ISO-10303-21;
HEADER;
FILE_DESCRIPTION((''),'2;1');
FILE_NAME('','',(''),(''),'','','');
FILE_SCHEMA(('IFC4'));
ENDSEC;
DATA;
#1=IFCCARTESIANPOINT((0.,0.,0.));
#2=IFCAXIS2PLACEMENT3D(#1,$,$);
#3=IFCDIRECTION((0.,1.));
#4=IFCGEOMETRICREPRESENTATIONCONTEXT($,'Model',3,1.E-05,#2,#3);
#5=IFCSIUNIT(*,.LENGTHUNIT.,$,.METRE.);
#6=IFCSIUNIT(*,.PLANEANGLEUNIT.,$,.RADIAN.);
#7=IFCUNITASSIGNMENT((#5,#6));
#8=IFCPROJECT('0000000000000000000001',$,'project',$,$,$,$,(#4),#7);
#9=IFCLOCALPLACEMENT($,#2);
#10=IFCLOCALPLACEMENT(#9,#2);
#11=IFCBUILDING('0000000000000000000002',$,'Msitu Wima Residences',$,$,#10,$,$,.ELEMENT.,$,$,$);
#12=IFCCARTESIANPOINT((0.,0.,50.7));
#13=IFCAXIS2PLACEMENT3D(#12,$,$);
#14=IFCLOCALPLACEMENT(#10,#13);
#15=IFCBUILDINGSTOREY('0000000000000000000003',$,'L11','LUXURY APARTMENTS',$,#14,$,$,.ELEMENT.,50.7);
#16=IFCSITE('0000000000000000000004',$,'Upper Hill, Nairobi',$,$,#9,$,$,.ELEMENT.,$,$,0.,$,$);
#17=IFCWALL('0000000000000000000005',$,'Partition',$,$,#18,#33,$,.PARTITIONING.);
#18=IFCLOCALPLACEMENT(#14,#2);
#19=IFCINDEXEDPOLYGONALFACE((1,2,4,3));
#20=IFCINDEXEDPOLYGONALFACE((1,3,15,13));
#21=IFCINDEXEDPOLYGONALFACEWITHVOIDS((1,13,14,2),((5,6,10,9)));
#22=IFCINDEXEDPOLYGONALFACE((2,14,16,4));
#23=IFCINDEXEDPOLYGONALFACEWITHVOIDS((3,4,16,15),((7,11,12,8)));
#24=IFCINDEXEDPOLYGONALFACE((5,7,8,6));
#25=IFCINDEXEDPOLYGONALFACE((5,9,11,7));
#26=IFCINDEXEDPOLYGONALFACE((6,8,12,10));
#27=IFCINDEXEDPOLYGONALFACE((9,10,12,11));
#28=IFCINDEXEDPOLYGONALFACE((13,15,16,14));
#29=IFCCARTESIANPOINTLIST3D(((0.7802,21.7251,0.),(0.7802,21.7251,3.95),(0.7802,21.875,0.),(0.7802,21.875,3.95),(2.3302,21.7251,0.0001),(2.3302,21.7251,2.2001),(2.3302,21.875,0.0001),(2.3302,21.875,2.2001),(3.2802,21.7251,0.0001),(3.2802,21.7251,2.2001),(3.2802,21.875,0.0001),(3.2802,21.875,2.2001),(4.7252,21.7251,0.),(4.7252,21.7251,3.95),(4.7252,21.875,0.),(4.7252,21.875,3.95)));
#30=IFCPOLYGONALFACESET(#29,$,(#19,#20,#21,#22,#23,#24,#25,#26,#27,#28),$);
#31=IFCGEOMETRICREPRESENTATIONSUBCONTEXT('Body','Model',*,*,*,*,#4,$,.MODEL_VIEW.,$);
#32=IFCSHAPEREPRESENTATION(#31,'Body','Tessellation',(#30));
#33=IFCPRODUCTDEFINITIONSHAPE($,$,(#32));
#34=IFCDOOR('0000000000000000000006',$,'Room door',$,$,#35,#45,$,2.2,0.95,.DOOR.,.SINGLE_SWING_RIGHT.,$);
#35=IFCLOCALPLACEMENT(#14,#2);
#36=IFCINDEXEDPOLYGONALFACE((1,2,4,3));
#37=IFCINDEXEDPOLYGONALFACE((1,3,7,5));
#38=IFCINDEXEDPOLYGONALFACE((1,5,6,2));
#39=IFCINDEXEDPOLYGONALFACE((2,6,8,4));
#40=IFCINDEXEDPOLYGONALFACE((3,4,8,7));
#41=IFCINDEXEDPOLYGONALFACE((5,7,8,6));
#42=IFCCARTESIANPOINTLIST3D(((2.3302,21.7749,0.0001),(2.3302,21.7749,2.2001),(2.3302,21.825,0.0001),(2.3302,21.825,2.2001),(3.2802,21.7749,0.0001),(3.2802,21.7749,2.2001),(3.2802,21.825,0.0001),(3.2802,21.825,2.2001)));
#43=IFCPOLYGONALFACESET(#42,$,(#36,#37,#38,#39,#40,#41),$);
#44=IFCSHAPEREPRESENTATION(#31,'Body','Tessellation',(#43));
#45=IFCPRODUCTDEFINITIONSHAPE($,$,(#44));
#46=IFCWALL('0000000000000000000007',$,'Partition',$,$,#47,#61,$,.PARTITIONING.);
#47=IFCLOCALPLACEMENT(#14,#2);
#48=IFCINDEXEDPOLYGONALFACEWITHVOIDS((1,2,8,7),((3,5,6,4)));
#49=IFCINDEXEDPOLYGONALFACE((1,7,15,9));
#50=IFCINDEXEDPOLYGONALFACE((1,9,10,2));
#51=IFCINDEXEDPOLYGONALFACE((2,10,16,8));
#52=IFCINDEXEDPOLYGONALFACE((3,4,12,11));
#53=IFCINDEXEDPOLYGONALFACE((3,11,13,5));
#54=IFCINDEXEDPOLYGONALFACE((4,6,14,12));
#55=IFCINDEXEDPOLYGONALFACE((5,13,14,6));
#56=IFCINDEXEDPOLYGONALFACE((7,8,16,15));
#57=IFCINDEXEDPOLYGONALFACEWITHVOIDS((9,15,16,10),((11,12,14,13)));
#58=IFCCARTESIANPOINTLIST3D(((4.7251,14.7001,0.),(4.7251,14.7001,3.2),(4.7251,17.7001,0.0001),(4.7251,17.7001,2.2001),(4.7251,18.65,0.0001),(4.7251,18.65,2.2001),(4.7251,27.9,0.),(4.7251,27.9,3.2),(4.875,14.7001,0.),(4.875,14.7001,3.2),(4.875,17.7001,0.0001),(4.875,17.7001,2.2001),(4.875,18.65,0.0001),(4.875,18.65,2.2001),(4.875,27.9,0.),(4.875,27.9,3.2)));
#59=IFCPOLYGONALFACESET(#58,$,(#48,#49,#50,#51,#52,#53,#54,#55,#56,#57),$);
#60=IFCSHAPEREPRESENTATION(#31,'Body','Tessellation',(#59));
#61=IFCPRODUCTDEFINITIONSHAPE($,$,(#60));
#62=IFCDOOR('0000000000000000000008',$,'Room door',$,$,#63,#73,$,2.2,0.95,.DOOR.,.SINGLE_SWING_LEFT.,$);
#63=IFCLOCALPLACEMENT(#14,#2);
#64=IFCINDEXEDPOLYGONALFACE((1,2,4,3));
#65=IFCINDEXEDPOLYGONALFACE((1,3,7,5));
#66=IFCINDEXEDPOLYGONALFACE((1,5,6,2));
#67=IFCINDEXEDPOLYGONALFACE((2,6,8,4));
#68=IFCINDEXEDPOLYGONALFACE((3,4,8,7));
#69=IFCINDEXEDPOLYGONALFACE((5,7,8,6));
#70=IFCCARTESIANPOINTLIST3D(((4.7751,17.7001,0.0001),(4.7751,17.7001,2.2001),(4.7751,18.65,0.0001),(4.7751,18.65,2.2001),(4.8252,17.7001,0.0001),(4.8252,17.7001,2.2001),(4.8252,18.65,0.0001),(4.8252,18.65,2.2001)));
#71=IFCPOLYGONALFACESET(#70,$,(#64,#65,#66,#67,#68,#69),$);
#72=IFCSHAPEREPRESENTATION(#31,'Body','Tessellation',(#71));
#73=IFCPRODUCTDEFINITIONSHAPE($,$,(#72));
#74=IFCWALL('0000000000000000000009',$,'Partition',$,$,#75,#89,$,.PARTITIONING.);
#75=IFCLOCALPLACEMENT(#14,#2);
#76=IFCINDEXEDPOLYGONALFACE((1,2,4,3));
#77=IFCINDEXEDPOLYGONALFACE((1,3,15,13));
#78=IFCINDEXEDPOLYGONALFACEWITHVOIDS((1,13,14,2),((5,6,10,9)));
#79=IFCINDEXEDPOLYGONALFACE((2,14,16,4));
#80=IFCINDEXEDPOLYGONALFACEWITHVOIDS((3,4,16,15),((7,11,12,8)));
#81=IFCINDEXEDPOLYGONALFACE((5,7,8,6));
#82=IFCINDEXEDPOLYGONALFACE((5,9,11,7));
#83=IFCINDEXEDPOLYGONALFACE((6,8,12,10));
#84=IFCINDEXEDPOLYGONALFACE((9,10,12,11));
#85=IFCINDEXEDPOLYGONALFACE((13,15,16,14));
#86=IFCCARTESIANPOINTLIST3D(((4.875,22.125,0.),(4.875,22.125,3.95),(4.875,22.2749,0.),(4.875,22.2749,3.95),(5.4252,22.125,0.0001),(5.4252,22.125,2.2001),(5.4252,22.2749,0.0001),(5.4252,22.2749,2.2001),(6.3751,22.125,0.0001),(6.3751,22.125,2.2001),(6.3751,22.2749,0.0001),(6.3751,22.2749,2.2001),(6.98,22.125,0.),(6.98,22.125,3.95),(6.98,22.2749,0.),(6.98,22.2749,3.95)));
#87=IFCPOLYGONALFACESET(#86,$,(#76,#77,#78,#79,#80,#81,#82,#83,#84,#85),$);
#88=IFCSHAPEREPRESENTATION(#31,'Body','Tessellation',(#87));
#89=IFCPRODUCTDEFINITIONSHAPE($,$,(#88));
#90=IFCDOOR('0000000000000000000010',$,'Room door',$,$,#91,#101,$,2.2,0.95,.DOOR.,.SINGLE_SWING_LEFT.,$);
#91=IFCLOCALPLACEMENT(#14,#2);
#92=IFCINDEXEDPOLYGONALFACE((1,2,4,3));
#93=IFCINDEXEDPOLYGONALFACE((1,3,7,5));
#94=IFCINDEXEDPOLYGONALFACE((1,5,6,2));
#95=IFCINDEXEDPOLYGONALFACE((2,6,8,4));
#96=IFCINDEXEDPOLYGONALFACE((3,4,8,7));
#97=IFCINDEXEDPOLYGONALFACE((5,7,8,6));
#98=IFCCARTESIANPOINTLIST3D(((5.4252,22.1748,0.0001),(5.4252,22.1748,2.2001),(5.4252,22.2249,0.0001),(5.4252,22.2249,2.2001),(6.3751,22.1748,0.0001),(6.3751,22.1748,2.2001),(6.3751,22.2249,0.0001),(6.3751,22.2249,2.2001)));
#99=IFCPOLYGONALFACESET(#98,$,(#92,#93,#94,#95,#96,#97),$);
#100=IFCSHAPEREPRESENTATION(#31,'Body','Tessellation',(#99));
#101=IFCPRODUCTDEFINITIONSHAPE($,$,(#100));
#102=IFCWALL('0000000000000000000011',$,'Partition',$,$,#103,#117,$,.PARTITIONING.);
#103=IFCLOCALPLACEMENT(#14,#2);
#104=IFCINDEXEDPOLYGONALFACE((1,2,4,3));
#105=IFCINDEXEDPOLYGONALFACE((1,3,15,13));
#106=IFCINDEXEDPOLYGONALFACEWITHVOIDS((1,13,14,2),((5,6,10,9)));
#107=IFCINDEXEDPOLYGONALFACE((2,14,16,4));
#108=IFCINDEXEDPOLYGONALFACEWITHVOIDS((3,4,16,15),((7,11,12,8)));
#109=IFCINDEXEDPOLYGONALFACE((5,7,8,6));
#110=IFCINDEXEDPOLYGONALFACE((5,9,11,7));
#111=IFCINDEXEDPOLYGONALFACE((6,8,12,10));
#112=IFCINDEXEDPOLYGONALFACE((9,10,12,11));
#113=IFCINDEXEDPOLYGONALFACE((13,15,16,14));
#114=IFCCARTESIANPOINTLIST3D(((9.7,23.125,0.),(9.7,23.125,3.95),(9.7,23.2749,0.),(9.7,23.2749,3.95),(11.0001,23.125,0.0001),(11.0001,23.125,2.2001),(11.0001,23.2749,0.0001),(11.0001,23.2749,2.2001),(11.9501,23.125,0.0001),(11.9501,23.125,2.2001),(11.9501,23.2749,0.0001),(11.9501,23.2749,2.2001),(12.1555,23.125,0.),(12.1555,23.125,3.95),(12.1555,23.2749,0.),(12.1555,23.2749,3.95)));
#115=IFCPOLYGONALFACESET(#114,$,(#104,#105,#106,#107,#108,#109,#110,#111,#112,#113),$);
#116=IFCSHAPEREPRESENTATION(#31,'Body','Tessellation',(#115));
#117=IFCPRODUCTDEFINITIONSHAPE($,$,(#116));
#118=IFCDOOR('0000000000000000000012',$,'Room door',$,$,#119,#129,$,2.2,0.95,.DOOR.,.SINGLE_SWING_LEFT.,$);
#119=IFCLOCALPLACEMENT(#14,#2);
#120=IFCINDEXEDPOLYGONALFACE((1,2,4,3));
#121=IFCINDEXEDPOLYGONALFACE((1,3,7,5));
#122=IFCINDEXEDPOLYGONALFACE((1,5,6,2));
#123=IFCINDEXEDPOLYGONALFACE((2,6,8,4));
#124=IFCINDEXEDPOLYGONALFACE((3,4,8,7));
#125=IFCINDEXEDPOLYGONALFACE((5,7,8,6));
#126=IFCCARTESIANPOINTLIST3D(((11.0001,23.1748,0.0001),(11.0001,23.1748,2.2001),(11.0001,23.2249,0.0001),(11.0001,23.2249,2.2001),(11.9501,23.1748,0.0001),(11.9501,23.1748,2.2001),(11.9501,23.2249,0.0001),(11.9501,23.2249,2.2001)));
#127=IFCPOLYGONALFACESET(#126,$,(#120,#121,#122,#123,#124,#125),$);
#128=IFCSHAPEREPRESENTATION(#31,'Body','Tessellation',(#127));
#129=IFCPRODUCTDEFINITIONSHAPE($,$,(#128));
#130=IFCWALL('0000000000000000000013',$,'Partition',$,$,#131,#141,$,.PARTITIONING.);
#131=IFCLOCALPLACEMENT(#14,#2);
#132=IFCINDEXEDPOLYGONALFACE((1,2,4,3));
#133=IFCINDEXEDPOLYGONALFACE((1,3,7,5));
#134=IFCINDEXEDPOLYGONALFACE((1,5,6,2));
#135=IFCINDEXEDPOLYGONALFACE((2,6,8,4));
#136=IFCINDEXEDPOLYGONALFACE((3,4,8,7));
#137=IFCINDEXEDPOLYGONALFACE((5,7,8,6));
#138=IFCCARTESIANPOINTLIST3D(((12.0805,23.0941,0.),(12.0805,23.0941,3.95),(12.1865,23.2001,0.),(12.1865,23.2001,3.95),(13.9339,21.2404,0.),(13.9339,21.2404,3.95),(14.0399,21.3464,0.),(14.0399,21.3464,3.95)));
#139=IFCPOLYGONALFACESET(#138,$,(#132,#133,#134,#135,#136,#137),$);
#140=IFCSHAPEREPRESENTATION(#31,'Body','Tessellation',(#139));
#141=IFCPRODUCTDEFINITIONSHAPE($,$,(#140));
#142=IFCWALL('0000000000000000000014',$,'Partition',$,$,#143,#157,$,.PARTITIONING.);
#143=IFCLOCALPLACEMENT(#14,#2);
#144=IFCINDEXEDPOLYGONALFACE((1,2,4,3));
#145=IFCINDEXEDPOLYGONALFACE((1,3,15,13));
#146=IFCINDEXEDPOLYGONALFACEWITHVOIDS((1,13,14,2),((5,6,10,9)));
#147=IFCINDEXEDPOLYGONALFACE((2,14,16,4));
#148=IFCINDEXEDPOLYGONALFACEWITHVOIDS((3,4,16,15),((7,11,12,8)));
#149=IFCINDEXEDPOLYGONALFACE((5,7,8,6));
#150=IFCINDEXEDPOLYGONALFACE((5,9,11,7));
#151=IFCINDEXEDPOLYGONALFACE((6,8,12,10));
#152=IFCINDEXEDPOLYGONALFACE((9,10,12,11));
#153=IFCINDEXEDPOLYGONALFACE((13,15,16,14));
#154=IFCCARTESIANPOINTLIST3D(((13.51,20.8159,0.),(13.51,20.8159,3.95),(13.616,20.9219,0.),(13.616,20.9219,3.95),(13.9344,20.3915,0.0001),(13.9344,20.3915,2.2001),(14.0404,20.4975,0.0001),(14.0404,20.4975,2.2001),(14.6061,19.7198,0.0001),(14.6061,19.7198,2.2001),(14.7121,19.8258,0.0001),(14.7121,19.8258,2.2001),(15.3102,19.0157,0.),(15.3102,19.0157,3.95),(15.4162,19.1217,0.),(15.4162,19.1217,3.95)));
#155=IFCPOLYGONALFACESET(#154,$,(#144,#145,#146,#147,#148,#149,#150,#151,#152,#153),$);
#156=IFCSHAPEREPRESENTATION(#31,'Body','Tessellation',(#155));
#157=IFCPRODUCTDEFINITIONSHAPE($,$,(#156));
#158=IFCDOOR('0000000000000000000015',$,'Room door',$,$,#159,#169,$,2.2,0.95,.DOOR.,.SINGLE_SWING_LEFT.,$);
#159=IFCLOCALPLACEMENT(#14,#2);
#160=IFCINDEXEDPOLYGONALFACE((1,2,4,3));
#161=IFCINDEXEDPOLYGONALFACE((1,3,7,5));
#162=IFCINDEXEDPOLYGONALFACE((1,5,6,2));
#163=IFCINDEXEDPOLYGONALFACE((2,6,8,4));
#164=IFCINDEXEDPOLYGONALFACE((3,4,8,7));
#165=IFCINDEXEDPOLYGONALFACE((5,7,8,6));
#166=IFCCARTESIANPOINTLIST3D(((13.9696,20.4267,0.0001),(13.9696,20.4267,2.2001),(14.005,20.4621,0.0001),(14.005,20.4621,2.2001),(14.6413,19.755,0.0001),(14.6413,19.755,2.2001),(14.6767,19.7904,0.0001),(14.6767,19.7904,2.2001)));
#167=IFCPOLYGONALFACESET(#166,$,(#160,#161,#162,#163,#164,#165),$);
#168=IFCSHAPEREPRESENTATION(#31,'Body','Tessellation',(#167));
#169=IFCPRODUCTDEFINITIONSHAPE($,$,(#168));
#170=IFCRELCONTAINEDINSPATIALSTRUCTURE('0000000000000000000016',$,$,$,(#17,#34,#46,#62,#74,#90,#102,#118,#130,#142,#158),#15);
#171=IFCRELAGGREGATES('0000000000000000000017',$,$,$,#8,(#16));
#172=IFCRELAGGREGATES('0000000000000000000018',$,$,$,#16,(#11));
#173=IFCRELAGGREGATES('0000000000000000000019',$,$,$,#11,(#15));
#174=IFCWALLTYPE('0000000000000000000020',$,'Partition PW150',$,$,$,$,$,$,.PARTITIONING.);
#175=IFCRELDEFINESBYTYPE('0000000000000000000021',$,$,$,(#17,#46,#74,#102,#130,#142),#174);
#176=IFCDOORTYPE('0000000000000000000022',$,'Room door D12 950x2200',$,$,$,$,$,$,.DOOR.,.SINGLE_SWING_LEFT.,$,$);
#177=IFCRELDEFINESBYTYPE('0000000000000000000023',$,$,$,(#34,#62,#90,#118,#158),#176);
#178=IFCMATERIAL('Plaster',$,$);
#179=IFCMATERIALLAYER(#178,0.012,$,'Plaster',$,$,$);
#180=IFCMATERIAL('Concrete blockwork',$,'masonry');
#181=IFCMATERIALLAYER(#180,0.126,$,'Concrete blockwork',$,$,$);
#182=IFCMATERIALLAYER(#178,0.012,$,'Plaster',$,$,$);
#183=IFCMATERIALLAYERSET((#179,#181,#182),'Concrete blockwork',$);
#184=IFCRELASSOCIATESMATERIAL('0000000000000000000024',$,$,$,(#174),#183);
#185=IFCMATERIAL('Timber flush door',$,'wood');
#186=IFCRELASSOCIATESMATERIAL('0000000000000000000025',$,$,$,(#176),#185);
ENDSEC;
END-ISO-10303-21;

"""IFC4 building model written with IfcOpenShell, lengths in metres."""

from ifc_helpers import new_model, si_unit, direction, frame, frame_2d, origin, place, context, subcontext, project, spatial, rectangle, extrude, material, layer, layer_set, type_object, element, fill, save


model = new_model("IFC4")

# Units and contexts
model_context = context("Model", 3, precision=1e-05, world=origin(), true_north=direction((0.0, 1.0)))
body_context = subcontext(model_context, "Body", "Model", "MODEL_VIEW")
ifc_project = project(units=[si_unit("LENGTHUNIT", "METRE"), si_unit("PLANEANGLEUNIT", "RADIAN")], contexts=[model_context])

# Site, building, storey
site_placement = place(None, origin())
site = spatial("IfcSite", under=ifc_project, at=site_placement, Name="Upper Hill, Nairobi", CompositionType="ELEMENT", RefElevation=0.0)
building_placement = place(site_placement, origin())
building = spatial("IfcBuilding", under=site, at=building_placement, Name="Msitu Wima Residences", CompositionType="ELEMENT")
storey_placement = place(building_placement, frame((0.0, 0.0, 50.7)))
storey = spatial("IfcBuildingStorey", under=building, at=storey_placement, Name="L11", Description="LUXURY APARTMENTS", CompositionType="ELEMENT", Elevation=50.7)

# Walls, openings, doors
ifc_material_1 = material(Name="Plaster")
ifc_layer_1 = layer(ifc_material_1, 0.012, Name="Plaster")
ifc_material_2 = material(Name="Concrete blockwork", Category="masonry")
ifc_layer_2 = layer(ifc_material_2, 0.126, Name="Concrete blockwork")
ifc_layer_3 = layer(ifc_material_1, 0.012, Name="Plaster")
ifc_layer_set_1 = layer_set([ifc_layer_1, ifc_layer_2, ifc_layer_3], Name="Concrete blockwork")
wall_type_1 = type_object("IfcWallType", Name="Partition PW150", PredefinedType="PARTITIONING", material=ifc_layer_set_1)
wall_1_placement = place(storey_placement, frame((0.78, 21.8, 0.0), z_axis=(0.0, 0.0, 1.0), x_axis=(1.0, 0.0, 0.0)))
wall_1 = element("IfcWall", 1, at=wall_1_placement, inside=storey, type_object=wall_type_1, Name="Partition", PredefinedType="PARTITIONING", context=body_context, shape_type="SweptSolid", body=[
    extrude(rectangle(XDim=3.9451, YDim=0.1499, at=frame_2d((1.9727, 0.0))), origin(), (0.0, 0.0, 1.0), 3.95),
])
opening_1_placement = place(wall_1_placement, frame((1.55, 0.0, 0.0)))
opening_1 = element("IfcOpeningElement", 2, at=opening_1_placement, cuts=wall_1, PredefinedType="OPENING", context=body_context, shape_type="SweptSolid", body=[
    extrude(rectangle(XDim=0.95, YDim=2.2, at=frame_2d((0.4751, 1.1001))), frame((0.0, 0.085, 0.0), z_axis=(0.0, -1.0, 0.0), x_axis=(1.0, 0.0, 0.0)), (0.0, 0.0, 1.0), 0.1699),
])
ifc_material_3 = material(Name="Timber flush door", Category="wood")
door_type_1 = type_object("IfcDoorType", Name="Room door D12 950x2200", OperationType="SINGLE_SWING_LEFT", PredefinedType="DOOR", material=ifc_material_3)
door_1_placement = place(opening_1_placement, origin())
door_1 = element("IfcDoor", 3, at=door_1_placement, inside=storey, type_object=door_type_1, Name="Room door", OperationType="SINGLE_SWING_RIGHT", OverallHeight=2.2, OverallWidth=0.95, PredefinedType="DOOR", context=body_context, shape_type="SweptSolid", body=[
    extrude(rectangle(XDim=0.95, YDim=2.2, at=frame_2d((0.4751, 1.1001))), frame((0.0, 0.0249, 0.0), z_axis=(0.0, -1.0, 0.0), x_axis=(1.0, 0.0, 0.0)), (0.0, 0.0, 1.0), 0.05),
])
fill(opening_1, door_1)
wall_2_placement = place(storey_placement, frame((4.8, 14.7, 0.0), z_axis=(0.0, 0.0, 1.0), x_axis=(0.0, 1.0, 0.0)))
wall_2 = element("IfcWall", 4, at=wall_2_placement, inside=storey, type_object=wall_type_1, Name="Partition", PredefinedType="PARTITIONING", context=body_context, shape_type="SweptSolid", body=[
    extrude(rectangle(XDim=13.2, YDim=0.1499, at=frame_2d((6.6001, 0.0))), origin(), (0.0, 0.0, 1.0), 3.2),
])
opening_2_placement = place(wall_2_placement, frame((3.0, 0.0, 0.0)))
opening_2 = element("IfcOpeningElement", 5, at=opening_2_placement, cuts=wall_2, PredefinedType="OPENING", context=body_context, shape_type="SweptSolid", body=[
    extrude(rectangle(XDim=0.95, YDim=2.2, at=frame_2d((0.4751, 1.1001))), frame((0.0, 0.085, 0.0), z_axis=(0.0, -1.0, 0.0), x_axis=(1.0, 0.0, 0.0)), (0.0, 0.0, 1.0), 0.1699),
])
door_2_placement = place(opening_2_placement, origin())
door_2 = element("IfcDoor", 6, at=door_2_placement, inside=storey, type_object=door_type_1, Name="Room door", OperationType="SINGLE_SWING_LEFT", OverallHeight=2.2, OverallWidth=0.95, PredefinedType="DOOR", context=body_context, shape_type="SweptSolid", body=[
    extrude(rectangle(XDim=0.95, YDim=2.2, at=frame_2d((0.4751, 1.1001))), frame((0.0, 0.0249, 0.0), z_axis=(0.0, -1.0, 0.0), x_axis=(1.0, 0.0, 0.0)), (0.0, 0.0, 1.0), 0.05),
])
fill(opening_2, door_2)
wall_3_placement = place(storey_placement, frame((4.875, 22.2, 0.0), z_axis=(0.0, 0.0, 1.0), x_axis=(1.0, 0.0, 0.0)))
wall_3 = element("IfcWall", 7, at=wall_3_placement, inside=storey, type_object=wall_type_1, Name="Partition", PredefinedType="PARTITIONING", context=body_context, shape_type="SweptSolid", body=[
    extrude(rectangle(XDim=2.105, YDim=0.1499, at=frame_2d((1.0525, 0.0))), origin(), (0.0, 0.0, 1.0), 3.95),
])
opening_3_placement = place(wall_3_placement, frame((0.55, 0.0, 0.0)))
opening_3 = element("IfcOpeningElement", 8, at=opening_3_placement, cuts=wall_3, PredefinedType="OPENING", context=body_context, shape_type="SweptSolid", body=[
    extrude(rectangle(XDim=0.95, YDim=2.2, at=frame_2d((0.4751, 1.1001))), frame((0.0, 0.085, 0.0), z_axis=(0.0, -1.0, 0.0), x_axis=(1.0, 0.0, 0.0)), (0.0, 0.0, 1.0), 0.1699),
])
door_3_placement = place(opening_3_placement, origin())
door_3 = element("IfcDoor", 9, at=door_3_placement, inside=storey, type_object=door_type_1, Name="Room door", OperationType="SINGLE_SWING_LEFT", OverallHeight=2.2, OverallWidth=0.95, PredefinedType="DOOR", context=body_context, shape_type="SweptSolid", body=[
    extrude(rectangle(XDim=0.95, YDim=2.2, at=frame_2d((0.4751, 1.1001))), frame((0.0, 0.0249, 0.0), z_axis=(0.0, -1.0, 0.0), x_axis=(1.0, 0.0, 0.0)), (0.0, 0.0, 1.0), 0.05),
])
fill(opening_3, door_3)
wall_4_placement = place(storey_placement, frame((9.7, 23.2, 0.0), z_axis=(0.0, 0.0, 1.0), x_axis=(1.0, 0.0, 0.0)))
wall_4 = element("IfcWall", 10, at=wall_4_placement, inside=storey, type_object=wall_type_1, Name="Partition", PredefinedType="PARTITIONING", context=body_context, shape_type="SweptSolid", body=[
    extrude(rectangle(XDim=2.4556, YDim=0.1499, at=frame_2d((1.2278, 0.0))), origin(), (0.0, 0.0, 1.0), 3.95),
])
opening_4_placement = place(wall_4_placement, frame((1.3, 0.0, 0.0)))
opening_4 = element("IfcOpeningElement", 11, at=opening_4_placement, cuts=wall_4, PredefinedType="OPENING", context=body_context, shape_type="SweptSolid", body=[
    extrude(rectangle(XDim=0.95, YDim=2.2, at=frame_2d((0.4751, 1.1001))), frame((0.0, 0.085, 0.0), z_axis=(0.0, -1.0, 0.0), x_axis=(1.0, 0.0, 0.0)), (0.0, 0.0, 1.0), 0.1699),
])
door_4_placement = place(opening_4_placement, origin())
door_4 = element("IfcDoor", 12, at=door_4_placement, inside=storey, type_object=door_type_1, Name="Room door", OperationType="SINGLE_SWING_LEFT", OverallHeight=2.2, OverallWidth=0.95, PredefinedType="DOOR", context=body_context, shape_type="SweptSolid", body=[
    extrude(rectangle(XDim=0.95, YDim=2.2, at=frame_2d((0.4751, 1.1001))), frame((0.0, 0.0249, 0.0), z_axis=(0.0, -1.0, 0.0), x_axis=(1.0, 0.0, 0.0)), (0.0, 0.0, 1.0), 0.05),
])
fill(opening_4, door_4)

# Wall
wall_5_placement = place(storey_placement, frame((12.1335, 23.147, 0.0), z_axis=(0.0, 0.0, 1.0), x_axis=(0.70706, -0.707153, 0.0)))
element("IfcWall", 13, at=wall_5_placement, inside=storey, type_object=wall_type_1, Name="Partition", PredefinedType="PARTITIONING", context=body_context, shape_type="SweptSolid", body=[
    extrude(rectangle(XDim=2.6213, YDim=0.1499, at=frame_2d((1.3105, 0.0))), origin(), (0.0, 0.0, 1.0), 3.95),
])

# Wall, opening, door
wall_6_placement = place(storey_placement, frame((13.563, 20.8689, 0.0), z_axis=(0.0, 0.0, 1.0), x_axis=(0.707107, -0.707107, 0.0)))
wall_6 = element("IfcWall", 14, at=wall_6_placement, inside=storey, type_object=wall_type_1, Name="Partition", PredefinedType="PARTITIONING", context=body_context, shape_type="SweptSolid", body=[
    extrude(rectangle(XDim=2.5459, YDim=0.1499, at=frame_2d((1.2729, 0.0))), origin(), (0.0, 0.0, 1.0), 3.95),
])
opening_5_placement = place(wall_6_placement, frame((0.6001, 0.0, 0.0)))
opening_5 = element("IfcOpeningElement", 15, at=opening_5_placement, cuts=wall_6, PredefinedType="OPENING", context=body_context, shape_type="SweptSolid", body=[
    extrude(rectangle(XDim=0.95, YDim=2.2, at=frame_2d((0.4751, 1.1001))), frame((0.0, 0.085, 0.0), z_axis=(0.0, -1.0, 0.0), x_axis=(1.0, 0.0, 0.0)), (0.0, 0.0, 1.0), 0.1699),
])
door_5_placement = place(opening_5_placement, origin())
door_5 = element("IfcDoor", 16, at=door_5_placement, inside=storey, type_object=door_type_1, Name="Room door", OperationType="SINGLE_SWING_LEFT", OverallHeight=2.2, OverallWidth=0.95, PredefinedType="DOOR", context=body_context, shape_type="SweptSolid", body=[
    extrude(rectangle(XDim=0.95, YDim=2.2, at=frame_2d((0.4751, 1.1001))), frame((0.0, 0.0249, 0.0), z_axis=(0.0, -1.0, 0.0), x_axis=(1.0, 0.0, 0.0)), (0.0, 0.0, 1.0), 0.05),
])
fill(opening_5, door_5)

save(model, "model.ifc")
